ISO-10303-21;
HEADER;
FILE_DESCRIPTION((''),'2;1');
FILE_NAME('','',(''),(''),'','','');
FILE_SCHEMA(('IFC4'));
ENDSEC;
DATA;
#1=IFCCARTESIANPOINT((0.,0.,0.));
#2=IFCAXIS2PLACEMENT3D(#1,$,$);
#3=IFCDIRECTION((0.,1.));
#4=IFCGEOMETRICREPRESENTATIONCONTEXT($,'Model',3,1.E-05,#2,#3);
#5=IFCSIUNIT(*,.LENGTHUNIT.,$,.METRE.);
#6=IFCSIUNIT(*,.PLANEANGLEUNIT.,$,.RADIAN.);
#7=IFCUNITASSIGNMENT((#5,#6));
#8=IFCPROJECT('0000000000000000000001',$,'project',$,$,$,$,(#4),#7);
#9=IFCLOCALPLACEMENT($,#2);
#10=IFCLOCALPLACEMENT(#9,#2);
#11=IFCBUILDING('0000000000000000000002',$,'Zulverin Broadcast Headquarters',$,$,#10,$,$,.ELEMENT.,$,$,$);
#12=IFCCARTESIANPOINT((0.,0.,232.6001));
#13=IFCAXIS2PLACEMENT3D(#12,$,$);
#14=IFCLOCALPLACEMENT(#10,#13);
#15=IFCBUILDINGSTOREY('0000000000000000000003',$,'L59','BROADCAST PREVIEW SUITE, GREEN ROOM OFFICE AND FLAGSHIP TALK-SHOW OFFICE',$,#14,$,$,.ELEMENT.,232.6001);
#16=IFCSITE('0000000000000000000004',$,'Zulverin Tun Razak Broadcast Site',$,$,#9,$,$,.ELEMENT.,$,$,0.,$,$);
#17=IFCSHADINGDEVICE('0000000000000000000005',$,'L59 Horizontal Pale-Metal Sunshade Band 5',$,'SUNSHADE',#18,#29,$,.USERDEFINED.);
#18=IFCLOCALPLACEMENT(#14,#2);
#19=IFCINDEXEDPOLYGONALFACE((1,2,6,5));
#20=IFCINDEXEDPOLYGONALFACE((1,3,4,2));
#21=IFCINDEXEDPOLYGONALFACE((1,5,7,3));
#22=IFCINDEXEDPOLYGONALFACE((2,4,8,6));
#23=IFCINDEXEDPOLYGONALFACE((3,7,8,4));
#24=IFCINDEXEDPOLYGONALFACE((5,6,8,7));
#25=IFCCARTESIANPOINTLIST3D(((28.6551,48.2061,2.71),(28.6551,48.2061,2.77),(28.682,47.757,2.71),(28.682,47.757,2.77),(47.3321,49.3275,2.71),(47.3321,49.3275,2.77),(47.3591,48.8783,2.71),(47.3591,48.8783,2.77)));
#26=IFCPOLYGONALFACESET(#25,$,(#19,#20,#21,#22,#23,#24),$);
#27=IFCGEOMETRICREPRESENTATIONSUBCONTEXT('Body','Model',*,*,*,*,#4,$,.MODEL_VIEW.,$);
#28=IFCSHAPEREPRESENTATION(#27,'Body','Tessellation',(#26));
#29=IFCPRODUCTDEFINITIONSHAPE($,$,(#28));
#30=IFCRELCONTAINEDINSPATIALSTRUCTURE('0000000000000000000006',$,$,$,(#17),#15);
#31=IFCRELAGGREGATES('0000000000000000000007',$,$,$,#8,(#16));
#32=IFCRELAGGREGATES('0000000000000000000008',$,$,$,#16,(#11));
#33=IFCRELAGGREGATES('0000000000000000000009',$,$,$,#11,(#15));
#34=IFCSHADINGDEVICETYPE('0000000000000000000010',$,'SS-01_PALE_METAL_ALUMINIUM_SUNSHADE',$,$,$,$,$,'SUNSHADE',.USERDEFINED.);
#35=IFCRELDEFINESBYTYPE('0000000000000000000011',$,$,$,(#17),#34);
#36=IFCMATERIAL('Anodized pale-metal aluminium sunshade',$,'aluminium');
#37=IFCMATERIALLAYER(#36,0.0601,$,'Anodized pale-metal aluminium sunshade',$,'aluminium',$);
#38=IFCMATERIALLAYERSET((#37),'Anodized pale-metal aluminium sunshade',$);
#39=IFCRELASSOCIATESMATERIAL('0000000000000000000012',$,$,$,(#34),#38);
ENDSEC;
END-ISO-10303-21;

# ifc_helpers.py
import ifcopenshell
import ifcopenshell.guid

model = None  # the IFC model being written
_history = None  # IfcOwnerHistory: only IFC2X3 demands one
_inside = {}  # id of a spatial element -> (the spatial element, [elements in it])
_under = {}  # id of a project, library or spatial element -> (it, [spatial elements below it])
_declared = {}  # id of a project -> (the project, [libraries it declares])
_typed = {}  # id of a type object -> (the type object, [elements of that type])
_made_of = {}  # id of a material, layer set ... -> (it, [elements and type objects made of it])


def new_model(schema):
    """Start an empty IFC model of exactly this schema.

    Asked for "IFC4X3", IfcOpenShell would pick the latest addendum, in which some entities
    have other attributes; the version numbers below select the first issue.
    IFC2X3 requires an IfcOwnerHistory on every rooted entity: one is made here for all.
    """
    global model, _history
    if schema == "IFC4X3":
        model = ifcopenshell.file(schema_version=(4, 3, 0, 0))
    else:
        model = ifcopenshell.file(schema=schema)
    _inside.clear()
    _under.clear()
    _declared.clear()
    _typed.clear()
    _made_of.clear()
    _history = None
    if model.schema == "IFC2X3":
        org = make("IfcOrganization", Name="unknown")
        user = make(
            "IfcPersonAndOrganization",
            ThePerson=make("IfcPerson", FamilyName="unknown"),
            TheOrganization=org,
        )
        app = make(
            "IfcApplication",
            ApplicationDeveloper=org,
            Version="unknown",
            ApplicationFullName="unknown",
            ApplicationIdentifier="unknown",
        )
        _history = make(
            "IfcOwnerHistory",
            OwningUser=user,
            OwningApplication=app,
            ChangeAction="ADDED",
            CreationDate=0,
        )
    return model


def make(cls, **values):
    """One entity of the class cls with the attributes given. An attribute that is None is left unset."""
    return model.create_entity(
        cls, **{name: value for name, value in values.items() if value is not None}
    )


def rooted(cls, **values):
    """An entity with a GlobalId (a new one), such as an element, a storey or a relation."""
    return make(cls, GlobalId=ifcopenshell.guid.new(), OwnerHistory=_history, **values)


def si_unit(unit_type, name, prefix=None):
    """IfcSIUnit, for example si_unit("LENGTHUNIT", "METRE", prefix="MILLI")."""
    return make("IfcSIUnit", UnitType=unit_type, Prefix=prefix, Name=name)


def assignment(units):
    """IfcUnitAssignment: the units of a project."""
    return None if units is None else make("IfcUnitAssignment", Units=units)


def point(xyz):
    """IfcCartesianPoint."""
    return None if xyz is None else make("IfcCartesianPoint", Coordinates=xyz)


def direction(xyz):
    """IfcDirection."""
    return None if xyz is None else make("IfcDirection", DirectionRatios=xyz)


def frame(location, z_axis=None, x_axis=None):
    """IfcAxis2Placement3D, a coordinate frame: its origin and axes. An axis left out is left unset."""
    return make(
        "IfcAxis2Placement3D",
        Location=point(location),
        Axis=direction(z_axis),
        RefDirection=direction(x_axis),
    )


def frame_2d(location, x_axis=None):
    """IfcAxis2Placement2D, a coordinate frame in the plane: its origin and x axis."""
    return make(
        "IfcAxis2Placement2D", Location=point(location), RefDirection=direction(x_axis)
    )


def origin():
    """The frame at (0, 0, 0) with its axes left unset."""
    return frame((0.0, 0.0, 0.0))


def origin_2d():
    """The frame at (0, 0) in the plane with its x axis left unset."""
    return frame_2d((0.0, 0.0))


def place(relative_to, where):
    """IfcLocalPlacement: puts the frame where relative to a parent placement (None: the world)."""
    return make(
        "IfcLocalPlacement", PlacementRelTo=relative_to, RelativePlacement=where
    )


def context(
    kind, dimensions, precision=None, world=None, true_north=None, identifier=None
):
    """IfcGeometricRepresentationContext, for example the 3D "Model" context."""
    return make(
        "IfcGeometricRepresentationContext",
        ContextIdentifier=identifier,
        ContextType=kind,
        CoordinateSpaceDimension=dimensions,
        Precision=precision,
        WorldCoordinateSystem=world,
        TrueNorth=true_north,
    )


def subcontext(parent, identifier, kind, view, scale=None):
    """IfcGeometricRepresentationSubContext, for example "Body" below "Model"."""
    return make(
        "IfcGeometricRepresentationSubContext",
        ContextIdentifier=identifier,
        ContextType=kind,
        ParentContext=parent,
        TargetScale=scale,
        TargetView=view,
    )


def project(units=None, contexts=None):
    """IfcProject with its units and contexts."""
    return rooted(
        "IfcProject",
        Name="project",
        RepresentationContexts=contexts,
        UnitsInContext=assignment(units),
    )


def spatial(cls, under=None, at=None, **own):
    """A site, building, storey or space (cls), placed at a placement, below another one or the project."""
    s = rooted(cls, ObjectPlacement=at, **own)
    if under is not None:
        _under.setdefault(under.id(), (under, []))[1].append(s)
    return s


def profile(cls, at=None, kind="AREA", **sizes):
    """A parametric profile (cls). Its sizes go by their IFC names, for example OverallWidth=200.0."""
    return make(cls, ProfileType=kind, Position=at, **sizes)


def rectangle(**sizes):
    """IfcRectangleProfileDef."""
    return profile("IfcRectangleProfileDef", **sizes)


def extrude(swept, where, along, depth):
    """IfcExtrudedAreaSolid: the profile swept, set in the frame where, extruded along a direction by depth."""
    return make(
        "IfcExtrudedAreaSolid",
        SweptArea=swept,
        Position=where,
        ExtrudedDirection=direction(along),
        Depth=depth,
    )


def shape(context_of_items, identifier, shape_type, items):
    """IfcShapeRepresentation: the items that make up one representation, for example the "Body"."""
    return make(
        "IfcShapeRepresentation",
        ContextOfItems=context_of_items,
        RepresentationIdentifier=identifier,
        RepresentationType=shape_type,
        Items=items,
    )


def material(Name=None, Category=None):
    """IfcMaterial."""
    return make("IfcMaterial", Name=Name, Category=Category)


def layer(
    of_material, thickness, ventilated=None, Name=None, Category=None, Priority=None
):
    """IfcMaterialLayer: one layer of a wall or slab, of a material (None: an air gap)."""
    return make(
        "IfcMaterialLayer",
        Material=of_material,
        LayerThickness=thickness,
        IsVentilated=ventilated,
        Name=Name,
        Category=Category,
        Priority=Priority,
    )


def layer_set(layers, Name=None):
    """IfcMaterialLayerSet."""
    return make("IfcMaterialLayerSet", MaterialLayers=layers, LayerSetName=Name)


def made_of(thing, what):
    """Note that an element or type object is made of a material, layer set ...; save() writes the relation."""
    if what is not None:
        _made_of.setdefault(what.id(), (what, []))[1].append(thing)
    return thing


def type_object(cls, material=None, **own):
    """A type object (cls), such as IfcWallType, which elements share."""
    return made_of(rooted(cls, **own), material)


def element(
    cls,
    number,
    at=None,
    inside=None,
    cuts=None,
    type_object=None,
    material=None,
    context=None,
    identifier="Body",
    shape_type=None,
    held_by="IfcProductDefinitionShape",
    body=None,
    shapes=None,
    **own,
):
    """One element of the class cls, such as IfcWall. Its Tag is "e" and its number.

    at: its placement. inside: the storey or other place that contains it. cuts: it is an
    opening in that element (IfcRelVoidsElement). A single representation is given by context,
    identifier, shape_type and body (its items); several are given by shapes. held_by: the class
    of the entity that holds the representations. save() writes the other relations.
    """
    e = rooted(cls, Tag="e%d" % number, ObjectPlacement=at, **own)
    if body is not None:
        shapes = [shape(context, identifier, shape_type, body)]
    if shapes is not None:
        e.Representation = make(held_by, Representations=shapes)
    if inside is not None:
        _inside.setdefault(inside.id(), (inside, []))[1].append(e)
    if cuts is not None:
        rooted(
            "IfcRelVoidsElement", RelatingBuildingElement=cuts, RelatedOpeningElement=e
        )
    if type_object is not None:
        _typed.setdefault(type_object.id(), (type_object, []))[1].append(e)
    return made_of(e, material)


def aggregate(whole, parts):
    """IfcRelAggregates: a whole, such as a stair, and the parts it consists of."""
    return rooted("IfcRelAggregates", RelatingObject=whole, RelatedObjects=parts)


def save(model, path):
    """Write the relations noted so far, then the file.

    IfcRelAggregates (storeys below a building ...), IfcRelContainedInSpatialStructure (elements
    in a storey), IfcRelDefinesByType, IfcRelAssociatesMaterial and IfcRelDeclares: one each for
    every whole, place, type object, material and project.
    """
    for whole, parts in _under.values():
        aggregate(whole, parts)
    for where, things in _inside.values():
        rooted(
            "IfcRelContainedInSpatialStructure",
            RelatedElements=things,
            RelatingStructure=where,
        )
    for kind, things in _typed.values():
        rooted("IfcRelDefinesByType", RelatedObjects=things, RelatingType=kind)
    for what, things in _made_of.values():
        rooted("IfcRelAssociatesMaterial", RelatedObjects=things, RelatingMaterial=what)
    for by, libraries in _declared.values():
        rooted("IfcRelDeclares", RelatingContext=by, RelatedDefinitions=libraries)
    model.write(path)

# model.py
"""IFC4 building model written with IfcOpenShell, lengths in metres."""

from ifc_helpers import new_model, si_unit, direction, frame, origin, origin_2d, place, context, subcontext, project, spatial, rectangle, extrude, material, layer, layer_set, type_object, element, save


model = new_model("IFC4")

# Units and contexts
model_context = context("Model", 3, precision=1e-05, world=origin(), true_north=direction((0.0, 1.0)))
body_context = subcontext(model_context, "Body", "Model", "MODEL_VIEW")
ifc_project = project(units=[si_unit("LENGTHUNIT", "METRE"), si_unit("PLANEANGLEUNIT", "RADIAN")], contexts=[model_context])

# Site, building, storey
site_placement = place(None, origin())
site = spatial("IfcSite", under=ifc_project, at=site_placement, Name="Zulverin Tun Razak Broadcast Site", CompositionType="ELEMENT", RefElevation=0.0)
building_placement = place(site_placement, origin())
building = spatial("IfcBuilding", under=site, at=building_placement, Name="Zulverin Broadcast Headquarters", CompositionType="ELEMENT")
storey_placement = place(building_placement, frame((0.0, 0.0, 232.6001)))
storey = spatial("IfcBuildingStorey", under=building, at=storey_placement, Name="L59", Description="BROADCAST PREVIEW SUITE, GREEN ROOM OFFICE AND FLAGSHIP TALK-SHOW OFFICE", CompositionType="ELEMENT", Elevation=232.6001)

# Shading device
ifc_material_1 = material(Name="Anodized pale-metal aluminium sunshade", Category="aluminium")
ifc_layer_1 = layer(ifc_material_1, 0.0601, Name="Anodized pale-metal aluminium sunshade", Category="aluminium")
ifc_layer_set_1 = layer_set([ifc_layer_1], Name="Anodized pale-metal aluminium sunshade")
shading_device_type = type_object("IfcShadingDeviceType", Name="SS-01_PALE_METAL_ALUMINIUM_SUNSHADE", ElementType="SUNSHADE", PredefinedType="USERDEFINED", material=ifc_layer_set_1)
shading_device_placement = place(storey_placement, frame((38.0071, 48.5422, 2.71), z_axis=(0.0, 0.0, 1.0), x_axis=(-0.998203, -0.05993, 0.0)))
element("IfcShadingDevice", 1, at=shading_device_placement, inside=storey, type_object=shading_device_type, Name="L59 Horizontal Pale-Metal Sunshade Band 5", ObjectType="SUNSHADE", PredefinedType="USERDEFINED", context=body_context, shape_type="SweptSolid", body=[
    extrude(rectangle(XDim=18.7107, YDim=0.45, at=origin_2d()), origin(), (0.0, 0.0, 1.0), 0.0601),
])

save(model, "model.ifc")
